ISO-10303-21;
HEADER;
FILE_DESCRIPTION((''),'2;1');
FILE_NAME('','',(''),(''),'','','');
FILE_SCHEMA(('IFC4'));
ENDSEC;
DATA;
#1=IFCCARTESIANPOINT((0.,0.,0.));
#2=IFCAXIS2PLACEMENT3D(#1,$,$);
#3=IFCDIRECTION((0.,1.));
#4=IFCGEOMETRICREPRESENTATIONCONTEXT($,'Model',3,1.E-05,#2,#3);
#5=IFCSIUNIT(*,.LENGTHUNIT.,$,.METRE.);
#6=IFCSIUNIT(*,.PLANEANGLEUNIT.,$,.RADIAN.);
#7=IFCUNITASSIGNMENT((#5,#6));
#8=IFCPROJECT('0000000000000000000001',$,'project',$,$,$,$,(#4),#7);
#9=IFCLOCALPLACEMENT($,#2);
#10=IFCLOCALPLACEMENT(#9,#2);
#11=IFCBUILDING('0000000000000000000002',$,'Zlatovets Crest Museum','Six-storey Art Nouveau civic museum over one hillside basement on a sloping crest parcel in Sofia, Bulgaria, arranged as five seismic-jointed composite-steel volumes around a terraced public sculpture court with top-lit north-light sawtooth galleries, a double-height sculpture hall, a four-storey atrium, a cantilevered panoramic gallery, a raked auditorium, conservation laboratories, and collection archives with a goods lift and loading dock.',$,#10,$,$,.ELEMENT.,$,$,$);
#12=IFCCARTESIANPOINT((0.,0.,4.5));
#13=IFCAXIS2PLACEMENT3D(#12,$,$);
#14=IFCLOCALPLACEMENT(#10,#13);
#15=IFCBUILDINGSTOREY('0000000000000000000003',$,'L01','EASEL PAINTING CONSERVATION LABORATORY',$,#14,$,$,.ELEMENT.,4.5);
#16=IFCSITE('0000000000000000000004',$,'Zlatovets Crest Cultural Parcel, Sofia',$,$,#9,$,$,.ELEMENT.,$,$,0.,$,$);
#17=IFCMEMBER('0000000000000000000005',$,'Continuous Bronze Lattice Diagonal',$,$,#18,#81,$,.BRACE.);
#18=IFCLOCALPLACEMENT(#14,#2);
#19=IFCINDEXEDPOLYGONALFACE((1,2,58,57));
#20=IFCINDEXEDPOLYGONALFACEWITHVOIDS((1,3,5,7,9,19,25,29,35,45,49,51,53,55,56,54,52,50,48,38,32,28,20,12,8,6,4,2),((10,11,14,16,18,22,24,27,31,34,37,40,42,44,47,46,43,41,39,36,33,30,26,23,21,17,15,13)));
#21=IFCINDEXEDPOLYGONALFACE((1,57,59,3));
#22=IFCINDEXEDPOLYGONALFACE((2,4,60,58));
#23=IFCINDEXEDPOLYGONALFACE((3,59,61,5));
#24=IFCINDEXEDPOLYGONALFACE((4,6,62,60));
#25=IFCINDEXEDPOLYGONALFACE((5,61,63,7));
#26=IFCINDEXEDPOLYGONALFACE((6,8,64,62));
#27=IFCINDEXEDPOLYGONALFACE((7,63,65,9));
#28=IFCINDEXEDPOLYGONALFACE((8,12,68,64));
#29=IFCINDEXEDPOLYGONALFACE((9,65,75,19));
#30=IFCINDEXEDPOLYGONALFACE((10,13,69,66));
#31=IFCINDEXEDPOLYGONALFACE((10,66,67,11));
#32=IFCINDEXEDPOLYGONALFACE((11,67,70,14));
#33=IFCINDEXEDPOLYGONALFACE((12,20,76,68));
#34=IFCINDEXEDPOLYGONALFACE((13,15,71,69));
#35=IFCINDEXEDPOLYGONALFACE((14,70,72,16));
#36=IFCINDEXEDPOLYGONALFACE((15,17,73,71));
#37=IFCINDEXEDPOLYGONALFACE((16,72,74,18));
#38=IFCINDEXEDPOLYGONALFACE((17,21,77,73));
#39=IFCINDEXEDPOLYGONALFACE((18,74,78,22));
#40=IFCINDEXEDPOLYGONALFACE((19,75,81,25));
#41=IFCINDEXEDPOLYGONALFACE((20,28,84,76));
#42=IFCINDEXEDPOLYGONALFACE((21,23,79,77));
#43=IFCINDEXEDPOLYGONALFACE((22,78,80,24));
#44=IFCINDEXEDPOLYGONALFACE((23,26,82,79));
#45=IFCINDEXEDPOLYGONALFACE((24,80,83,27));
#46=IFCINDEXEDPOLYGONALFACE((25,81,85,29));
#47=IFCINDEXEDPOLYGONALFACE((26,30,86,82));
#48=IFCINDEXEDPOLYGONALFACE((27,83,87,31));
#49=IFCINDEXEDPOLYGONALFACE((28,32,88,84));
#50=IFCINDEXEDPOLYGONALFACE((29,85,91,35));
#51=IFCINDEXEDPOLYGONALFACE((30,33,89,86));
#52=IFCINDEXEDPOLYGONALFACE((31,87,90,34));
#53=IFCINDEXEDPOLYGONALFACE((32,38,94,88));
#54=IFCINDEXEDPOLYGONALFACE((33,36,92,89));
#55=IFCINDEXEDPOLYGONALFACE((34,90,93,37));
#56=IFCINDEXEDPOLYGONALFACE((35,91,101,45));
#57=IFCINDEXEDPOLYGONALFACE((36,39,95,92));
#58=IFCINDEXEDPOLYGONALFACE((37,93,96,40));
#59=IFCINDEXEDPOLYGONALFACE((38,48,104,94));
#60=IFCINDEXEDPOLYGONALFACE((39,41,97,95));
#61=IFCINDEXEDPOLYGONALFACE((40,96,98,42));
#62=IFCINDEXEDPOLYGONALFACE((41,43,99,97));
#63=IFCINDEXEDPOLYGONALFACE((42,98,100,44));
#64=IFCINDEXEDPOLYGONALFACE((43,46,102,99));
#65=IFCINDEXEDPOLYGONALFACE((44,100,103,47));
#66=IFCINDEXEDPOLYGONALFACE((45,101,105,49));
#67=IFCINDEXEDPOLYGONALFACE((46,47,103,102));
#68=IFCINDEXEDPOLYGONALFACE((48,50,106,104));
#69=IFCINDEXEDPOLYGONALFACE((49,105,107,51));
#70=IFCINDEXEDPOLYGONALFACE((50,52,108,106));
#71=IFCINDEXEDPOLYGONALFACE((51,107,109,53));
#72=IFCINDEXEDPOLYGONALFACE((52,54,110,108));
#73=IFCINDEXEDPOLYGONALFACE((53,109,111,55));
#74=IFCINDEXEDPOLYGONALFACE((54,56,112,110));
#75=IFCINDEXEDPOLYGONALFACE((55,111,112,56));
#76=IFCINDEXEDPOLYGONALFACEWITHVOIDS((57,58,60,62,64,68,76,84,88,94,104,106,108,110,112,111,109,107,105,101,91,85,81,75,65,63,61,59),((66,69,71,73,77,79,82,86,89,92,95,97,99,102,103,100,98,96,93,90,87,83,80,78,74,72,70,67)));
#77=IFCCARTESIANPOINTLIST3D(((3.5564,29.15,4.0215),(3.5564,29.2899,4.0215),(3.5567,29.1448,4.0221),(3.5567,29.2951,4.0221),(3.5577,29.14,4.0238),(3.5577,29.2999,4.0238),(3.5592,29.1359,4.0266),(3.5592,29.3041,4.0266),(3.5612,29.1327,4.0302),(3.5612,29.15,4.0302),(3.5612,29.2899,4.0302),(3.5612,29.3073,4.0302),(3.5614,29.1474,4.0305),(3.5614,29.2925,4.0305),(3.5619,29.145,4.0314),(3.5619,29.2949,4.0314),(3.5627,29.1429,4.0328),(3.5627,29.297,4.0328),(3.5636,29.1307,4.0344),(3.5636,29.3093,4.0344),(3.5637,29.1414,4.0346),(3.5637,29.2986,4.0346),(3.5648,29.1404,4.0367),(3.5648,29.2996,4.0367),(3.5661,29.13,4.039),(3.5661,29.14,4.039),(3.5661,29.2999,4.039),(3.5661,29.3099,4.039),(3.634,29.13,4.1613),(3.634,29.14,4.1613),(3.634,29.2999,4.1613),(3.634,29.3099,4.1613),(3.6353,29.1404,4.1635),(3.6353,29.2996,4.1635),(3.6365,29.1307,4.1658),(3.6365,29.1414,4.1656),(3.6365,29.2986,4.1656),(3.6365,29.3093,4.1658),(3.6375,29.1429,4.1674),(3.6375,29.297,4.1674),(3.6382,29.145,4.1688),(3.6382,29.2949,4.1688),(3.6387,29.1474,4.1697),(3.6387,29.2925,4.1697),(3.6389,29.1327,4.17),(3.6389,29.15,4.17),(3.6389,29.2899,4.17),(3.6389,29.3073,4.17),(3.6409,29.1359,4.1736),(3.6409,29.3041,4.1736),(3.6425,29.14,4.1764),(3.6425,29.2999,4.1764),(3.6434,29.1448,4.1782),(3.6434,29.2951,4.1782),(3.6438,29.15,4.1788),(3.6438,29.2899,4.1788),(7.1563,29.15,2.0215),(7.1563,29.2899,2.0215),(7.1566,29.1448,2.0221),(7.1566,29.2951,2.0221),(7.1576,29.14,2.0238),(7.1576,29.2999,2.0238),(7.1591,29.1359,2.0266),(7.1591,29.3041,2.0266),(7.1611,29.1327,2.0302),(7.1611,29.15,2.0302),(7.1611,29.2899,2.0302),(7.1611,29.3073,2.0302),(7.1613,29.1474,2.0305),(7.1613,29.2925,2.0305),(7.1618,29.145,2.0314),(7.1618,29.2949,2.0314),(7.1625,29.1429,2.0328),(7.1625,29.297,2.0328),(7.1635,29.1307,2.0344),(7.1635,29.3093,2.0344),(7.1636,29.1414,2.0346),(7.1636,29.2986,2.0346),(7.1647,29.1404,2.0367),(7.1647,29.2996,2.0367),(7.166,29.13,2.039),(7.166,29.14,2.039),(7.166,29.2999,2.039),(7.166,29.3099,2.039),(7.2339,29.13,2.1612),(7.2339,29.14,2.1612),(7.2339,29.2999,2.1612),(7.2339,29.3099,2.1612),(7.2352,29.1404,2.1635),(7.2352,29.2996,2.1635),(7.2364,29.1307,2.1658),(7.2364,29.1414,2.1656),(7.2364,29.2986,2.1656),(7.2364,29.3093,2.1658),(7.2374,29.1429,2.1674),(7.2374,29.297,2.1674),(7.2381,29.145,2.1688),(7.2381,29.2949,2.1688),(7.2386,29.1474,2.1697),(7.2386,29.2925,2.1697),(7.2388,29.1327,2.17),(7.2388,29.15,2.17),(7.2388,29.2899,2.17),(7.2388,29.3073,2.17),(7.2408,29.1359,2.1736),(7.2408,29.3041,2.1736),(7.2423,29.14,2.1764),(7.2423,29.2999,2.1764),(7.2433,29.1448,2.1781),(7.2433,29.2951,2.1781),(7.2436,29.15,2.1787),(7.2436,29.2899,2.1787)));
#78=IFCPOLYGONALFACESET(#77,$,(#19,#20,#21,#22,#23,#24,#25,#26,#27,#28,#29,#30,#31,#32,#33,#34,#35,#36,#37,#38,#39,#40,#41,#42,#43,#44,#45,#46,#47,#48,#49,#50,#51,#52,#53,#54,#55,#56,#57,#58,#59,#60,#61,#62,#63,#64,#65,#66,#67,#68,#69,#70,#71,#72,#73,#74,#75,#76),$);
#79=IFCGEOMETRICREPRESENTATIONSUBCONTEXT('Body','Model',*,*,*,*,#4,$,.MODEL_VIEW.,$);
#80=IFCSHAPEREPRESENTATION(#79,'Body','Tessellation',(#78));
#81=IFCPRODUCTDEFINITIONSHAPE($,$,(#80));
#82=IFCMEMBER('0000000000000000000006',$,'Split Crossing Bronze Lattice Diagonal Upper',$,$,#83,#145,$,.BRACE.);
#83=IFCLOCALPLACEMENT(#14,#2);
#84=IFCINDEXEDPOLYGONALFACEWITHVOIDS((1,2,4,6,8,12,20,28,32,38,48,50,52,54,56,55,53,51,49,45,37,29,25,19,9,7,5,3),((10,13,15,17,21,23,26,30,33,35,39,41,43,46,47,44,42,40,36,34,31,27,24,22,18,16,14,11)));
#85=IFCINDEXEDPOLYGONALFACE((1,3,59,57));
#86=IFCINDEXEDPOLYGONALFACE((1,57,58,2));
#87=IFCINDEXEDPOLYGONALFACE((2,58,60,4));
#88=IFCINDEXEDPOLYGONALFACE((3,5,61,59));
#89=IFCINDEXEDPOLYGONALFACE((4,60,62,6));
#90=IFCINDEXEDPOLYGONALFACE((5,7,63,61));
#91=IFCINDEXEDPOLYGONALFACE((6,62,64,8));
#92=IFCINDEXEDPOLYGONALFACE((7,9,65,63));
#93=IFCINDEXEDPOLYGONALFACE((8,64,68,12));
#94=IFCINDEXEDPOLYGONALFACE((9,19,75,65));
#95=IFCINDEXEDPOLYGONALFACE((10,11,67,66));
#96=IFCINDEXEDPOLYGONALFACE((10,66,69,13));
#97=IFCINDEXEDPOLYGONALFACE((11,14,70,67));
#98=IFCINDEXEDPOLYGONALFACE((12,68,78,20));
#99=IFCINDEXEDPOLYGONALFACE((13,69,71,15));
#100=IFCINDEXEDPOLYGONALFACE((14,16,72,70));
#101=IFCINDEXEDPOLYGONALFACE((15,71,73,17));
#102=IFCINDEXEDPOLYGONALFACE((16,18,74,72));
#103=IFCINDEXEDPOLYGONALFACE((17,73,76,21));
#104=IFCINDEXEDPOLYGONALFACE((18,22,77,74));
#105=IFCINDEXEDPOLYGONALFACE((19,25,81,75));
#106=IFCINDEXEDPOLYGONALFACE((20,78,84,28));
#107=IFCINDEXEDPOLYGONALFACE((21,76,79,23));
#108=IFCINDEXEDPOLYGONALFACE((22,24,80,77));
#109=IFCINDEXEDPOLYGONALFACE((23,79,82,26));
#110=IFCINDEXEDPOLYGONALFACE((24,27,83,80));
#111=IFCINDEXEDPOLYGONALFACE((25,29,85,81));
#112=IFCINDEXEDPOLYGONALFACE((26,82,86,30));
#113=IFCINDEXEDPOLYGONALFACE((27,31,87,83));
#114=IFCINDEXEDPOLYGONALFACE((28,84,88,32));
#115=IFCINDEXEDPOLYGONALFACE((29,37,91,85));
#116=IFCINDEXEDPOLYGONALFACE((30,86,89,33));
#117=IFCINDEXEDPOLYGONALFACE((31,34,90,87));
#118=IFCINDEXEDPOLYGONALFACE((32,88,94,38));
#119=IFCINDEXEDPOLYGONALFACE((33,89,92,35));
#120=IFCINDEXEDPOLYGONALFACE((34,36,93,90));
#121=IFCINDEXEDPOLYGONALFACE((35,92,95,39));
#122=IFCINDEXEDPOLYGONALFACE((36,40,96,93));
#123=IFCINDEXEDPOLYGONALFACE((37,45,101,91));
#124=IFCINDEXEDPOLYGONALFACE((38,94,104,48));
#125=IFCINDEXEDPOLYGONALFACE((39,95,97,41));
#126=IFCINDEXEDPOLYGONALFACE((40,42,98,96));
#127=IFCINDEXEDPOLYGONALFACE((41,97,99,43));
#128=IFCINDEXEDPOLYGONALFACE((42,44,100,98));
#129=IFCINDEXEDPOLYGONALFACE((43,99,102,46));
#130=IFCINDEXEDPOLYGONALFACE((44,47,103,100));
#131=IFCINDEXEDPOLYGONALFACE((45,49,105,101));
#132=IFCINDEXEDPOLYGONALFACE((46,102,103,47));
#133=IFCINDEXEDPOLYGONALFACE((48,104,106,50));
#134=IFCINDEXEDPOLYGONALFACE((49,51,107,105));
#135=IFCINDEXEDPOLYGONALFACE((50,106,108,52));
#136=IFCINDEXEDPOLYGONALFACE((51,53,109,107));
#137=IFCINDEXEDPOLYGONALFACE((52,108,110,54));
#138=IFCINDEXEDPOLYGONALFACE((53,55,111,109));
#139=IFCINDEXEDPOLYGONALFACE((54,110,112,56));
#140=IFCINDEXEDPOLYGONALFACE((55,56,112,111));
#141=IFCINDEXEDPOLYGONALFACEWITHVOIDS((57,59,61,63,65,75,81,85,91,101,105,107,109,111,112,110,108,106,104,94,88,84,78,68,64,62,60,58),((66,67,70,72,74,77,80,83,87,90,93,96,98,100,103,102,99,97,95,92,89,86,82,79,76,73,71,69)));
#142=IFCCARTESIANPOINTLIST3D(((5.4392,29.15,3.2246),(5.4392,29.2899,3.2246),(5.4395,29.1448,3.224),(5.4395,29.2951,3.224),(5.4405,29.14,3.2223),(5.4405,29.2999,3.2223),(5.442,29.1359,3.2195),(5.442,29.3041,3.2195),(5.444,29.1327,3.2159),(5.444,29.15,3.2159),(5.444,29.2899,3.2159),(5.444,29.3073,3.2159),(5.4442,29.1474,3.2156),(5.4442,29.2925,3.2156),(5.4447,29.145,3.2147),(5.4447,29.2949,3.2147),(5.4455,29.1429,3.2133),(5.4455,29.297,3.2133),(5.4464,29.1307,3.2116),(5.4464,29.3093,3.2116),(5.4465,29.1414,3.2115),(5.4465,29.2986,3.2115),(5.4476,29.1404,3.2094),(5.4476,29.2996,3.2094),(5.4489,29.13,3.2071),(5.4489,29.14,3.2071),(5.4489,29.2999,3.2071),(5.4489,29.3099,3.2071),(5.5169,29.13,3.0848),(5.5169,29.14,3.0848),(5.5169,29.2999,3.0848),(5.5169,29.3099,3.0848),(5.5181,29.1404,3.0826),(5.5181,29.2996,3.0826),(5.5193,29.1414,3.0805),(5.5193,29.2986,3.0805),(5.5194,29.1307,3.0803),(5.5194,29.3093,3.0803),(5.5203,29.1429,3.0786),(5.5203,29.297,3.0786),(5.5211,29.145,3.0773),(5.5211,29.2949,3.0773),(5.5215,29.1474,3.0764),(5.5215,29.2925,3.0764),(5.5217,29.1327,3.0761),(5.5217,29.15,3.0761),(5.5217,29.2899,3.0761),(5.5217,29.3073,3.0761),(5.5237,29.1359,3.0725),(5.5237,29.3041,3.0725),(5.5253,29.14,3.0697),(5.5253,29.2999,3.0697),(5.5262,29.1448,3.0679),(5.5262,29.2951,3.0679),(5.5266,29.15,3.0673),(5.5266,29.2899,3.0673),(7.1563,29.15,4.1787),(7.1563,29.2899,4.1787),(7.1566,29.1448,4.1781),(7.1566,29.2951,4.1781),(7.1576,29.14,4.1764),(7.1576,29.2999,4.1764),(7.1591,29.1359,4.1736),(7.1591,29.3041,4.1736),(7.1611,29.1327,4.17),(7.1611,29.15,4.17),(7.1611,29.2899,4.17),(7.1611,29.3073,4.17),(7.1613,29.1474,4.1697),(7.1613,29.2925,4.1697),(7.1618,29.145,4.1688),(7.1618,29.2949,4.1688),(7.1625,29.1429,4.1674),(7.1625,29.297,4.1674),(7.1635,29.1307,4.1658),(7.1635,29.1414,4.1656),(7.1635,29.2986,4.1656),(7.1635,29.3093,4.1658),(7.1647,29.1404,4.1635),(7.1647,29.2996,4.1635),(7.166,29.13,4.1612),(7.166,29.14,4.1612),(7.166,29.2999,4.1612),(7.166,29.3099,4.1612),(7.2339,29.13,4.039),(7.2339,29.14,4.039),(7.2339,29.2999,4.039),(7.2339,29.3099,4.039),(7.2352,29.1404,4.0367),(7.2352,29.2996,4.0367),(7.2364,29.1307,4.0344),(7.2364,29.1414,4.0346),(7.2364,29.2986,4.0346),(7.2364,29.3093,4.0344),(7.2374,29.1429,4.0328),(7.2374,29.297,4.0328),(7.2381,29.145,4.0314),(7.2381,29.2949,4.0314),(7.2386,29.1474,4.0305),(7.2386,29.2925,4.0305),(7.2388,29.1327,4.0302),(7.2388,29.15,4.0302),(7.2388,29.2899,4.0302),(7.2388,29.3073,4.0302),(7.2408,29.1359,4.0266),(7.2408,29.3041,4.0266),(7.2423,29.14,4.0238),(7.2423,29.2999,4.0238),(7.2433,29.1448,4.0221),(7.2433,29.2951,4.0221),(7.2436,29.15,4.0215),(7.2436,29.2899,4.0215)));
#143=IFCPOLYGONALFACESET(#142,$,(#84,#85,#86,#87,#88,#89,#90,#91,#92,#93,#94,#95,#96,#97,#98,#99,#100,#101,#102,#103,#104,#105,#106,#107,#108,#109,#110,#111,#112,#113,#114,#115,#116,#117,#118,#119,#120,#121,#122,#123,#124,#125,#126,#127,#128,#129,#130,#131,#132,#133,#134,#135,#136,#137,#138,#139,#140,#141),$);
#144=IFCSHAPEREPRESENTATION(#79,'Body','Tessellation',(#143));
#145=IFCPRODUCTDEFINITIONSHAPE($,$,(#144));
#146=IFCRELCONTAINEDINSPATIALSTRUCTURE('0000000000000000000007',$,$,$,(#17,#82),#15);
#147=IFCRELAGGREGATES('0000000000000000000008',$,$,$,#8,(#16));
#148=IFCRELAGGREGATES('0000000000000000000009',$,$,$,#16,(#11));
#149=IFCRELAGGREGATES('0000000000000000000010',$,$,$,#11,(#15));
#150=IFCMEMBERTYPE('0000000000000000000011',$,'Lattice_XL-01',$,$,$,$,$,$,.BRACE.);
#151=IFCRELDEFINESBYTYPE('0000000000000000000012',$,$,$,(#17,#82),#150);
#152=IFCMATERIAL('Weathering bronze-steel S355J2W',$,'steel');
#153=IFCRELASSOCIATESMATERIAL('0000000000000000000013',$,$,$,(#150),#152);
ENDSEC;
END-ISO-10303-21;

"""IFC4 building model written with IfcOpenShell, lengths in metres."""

from ifc_helpers import new_model, si_unit, direction, frame, origin, origin_2d, place, context, subcontext, project, spatial, hollow_rectangle, extrude, material, material_profile, profile_set, type_object, element, save


model = new_model("IFC4")

# Units and contexts
model_context = context("Model", 3, precision=1e-05, world=origin(), true_north=direction((0.0, 1.0)))
body_context = subcontext(model_context, "Body", "Model", "MODEL_VIEW")
ifc_project = project(units=[si_unit("LENGTHUNIT", "METRE"), si_unit("PLANEANGLEUNIT", "RADIAN")], contexts=[model_context])

# Site, building, storey
site_placement = place(None, origin())
site = spatial("IfcSite", under=ifc_project, at=site_placement, Name="Zlatovets Crest Cultural Parcel, Sofia", CompositionType="ELEMENT", RefElevation=0.0)
building_placement = place(site_placement, origin())
building = spatial("IfcBuilding", under=site, at=building_placement, Name="Zlatovets Crest Museum", Description="Six-storey Art Nouveau civic museum over one hillside basement on a sloping crest parcel in Sofia, Bulgaria, arranged as five seismic-jointed composite-steel volumes around a terraced public sculpture court with top-lit north-light sawtooth galleries, a double-height sculpture hall, a four-storey atrium, a cantilevered panoramic gallery, a raked auditorium, conservation laboratories, and collection archives with a goods lift and loading dock.", CompositionType="ELEMENT")
storey_placement = place(building_placement, frame((0.0, 0.0, 4.5)))
storey = spatial("IfcBuildingStorey", under=building, at=storey_placement, Name="L01", Description="EASEL PAINTING CONSERVATION LABORATORY", CompositionType="ELEMENT", Elevation=4.5)

# Members
ifc_material_1 = material(Name="Weathering bronze-steel S355J2W", Category="steel")
ifc_material_profile_1 = material_profile(ifc_material_1, hollow_rectangle(XDim=0.1799, YDim=0.1799, WallThickness=0.01, InnerFilletRadius=0.01, OuterFilletRadius=0.02, at=origin_2d()), Name="SHS 180x180x10.0")
ifc_profile_set_1 = profile_set([ifc_material_profile_1], Name="Weathering bronze-steel S355J2W")
member_type_1 = type_object("IfcMemberType", Name="Lattice_XL-01", PredefinedType="BRACE", material=ifc_profile_set_1)
member_1_placement = place(storey_placement, frame((7.2, 29.22, 2.1001), z_axis=(-0.874149, 0.0, 0.485658), x_axis=(0.0, -1.0, 0.0)))
element("IfcMember", 1, at=member_1_placement, inside=storey, type_object=member_type_1, Name="Continuous Bronze Lattice Diagonal", PredefinedType="BRACE", context=body_context, shape_type="SweptSolid", body=[
    extrude(hollow_rectangle(XDim=0.1799, YDim=0.1799, WallThickness=0.01, InnerFilletRadius=0.01, OuterFilletRadius=0.02, at=origin_2d()), origin(), (0.0, 0.0, 1.0), 4.1182),
])
member_2_placement = place(storey_placement, frame((7.2, 29.22, 4.1001), z_axis=(-0.874116, 0.0, -0.485717), x_axis=(0.0, -1.0, 0.0)))
element("IfcMember", 2, at=member_2_placement, inside=storey, type_object=member_type_1, Name="Split Crossing Bronze Lattice Diagonal Upper", PredefinedType="BRACE", context=body_context, shape_type="SweptSolid", body=[
    extrude(hollow_rectangle(XDim=0.1799, YDim=0.1799, WallThickness=0.01, InnerFilletRadius=0.01, OuterFilletRadius=0.02, at=origin_2d()), origin(), (0.0, 0.0, 1.0), 1.9644),
])

save(model, "model.ifc")
